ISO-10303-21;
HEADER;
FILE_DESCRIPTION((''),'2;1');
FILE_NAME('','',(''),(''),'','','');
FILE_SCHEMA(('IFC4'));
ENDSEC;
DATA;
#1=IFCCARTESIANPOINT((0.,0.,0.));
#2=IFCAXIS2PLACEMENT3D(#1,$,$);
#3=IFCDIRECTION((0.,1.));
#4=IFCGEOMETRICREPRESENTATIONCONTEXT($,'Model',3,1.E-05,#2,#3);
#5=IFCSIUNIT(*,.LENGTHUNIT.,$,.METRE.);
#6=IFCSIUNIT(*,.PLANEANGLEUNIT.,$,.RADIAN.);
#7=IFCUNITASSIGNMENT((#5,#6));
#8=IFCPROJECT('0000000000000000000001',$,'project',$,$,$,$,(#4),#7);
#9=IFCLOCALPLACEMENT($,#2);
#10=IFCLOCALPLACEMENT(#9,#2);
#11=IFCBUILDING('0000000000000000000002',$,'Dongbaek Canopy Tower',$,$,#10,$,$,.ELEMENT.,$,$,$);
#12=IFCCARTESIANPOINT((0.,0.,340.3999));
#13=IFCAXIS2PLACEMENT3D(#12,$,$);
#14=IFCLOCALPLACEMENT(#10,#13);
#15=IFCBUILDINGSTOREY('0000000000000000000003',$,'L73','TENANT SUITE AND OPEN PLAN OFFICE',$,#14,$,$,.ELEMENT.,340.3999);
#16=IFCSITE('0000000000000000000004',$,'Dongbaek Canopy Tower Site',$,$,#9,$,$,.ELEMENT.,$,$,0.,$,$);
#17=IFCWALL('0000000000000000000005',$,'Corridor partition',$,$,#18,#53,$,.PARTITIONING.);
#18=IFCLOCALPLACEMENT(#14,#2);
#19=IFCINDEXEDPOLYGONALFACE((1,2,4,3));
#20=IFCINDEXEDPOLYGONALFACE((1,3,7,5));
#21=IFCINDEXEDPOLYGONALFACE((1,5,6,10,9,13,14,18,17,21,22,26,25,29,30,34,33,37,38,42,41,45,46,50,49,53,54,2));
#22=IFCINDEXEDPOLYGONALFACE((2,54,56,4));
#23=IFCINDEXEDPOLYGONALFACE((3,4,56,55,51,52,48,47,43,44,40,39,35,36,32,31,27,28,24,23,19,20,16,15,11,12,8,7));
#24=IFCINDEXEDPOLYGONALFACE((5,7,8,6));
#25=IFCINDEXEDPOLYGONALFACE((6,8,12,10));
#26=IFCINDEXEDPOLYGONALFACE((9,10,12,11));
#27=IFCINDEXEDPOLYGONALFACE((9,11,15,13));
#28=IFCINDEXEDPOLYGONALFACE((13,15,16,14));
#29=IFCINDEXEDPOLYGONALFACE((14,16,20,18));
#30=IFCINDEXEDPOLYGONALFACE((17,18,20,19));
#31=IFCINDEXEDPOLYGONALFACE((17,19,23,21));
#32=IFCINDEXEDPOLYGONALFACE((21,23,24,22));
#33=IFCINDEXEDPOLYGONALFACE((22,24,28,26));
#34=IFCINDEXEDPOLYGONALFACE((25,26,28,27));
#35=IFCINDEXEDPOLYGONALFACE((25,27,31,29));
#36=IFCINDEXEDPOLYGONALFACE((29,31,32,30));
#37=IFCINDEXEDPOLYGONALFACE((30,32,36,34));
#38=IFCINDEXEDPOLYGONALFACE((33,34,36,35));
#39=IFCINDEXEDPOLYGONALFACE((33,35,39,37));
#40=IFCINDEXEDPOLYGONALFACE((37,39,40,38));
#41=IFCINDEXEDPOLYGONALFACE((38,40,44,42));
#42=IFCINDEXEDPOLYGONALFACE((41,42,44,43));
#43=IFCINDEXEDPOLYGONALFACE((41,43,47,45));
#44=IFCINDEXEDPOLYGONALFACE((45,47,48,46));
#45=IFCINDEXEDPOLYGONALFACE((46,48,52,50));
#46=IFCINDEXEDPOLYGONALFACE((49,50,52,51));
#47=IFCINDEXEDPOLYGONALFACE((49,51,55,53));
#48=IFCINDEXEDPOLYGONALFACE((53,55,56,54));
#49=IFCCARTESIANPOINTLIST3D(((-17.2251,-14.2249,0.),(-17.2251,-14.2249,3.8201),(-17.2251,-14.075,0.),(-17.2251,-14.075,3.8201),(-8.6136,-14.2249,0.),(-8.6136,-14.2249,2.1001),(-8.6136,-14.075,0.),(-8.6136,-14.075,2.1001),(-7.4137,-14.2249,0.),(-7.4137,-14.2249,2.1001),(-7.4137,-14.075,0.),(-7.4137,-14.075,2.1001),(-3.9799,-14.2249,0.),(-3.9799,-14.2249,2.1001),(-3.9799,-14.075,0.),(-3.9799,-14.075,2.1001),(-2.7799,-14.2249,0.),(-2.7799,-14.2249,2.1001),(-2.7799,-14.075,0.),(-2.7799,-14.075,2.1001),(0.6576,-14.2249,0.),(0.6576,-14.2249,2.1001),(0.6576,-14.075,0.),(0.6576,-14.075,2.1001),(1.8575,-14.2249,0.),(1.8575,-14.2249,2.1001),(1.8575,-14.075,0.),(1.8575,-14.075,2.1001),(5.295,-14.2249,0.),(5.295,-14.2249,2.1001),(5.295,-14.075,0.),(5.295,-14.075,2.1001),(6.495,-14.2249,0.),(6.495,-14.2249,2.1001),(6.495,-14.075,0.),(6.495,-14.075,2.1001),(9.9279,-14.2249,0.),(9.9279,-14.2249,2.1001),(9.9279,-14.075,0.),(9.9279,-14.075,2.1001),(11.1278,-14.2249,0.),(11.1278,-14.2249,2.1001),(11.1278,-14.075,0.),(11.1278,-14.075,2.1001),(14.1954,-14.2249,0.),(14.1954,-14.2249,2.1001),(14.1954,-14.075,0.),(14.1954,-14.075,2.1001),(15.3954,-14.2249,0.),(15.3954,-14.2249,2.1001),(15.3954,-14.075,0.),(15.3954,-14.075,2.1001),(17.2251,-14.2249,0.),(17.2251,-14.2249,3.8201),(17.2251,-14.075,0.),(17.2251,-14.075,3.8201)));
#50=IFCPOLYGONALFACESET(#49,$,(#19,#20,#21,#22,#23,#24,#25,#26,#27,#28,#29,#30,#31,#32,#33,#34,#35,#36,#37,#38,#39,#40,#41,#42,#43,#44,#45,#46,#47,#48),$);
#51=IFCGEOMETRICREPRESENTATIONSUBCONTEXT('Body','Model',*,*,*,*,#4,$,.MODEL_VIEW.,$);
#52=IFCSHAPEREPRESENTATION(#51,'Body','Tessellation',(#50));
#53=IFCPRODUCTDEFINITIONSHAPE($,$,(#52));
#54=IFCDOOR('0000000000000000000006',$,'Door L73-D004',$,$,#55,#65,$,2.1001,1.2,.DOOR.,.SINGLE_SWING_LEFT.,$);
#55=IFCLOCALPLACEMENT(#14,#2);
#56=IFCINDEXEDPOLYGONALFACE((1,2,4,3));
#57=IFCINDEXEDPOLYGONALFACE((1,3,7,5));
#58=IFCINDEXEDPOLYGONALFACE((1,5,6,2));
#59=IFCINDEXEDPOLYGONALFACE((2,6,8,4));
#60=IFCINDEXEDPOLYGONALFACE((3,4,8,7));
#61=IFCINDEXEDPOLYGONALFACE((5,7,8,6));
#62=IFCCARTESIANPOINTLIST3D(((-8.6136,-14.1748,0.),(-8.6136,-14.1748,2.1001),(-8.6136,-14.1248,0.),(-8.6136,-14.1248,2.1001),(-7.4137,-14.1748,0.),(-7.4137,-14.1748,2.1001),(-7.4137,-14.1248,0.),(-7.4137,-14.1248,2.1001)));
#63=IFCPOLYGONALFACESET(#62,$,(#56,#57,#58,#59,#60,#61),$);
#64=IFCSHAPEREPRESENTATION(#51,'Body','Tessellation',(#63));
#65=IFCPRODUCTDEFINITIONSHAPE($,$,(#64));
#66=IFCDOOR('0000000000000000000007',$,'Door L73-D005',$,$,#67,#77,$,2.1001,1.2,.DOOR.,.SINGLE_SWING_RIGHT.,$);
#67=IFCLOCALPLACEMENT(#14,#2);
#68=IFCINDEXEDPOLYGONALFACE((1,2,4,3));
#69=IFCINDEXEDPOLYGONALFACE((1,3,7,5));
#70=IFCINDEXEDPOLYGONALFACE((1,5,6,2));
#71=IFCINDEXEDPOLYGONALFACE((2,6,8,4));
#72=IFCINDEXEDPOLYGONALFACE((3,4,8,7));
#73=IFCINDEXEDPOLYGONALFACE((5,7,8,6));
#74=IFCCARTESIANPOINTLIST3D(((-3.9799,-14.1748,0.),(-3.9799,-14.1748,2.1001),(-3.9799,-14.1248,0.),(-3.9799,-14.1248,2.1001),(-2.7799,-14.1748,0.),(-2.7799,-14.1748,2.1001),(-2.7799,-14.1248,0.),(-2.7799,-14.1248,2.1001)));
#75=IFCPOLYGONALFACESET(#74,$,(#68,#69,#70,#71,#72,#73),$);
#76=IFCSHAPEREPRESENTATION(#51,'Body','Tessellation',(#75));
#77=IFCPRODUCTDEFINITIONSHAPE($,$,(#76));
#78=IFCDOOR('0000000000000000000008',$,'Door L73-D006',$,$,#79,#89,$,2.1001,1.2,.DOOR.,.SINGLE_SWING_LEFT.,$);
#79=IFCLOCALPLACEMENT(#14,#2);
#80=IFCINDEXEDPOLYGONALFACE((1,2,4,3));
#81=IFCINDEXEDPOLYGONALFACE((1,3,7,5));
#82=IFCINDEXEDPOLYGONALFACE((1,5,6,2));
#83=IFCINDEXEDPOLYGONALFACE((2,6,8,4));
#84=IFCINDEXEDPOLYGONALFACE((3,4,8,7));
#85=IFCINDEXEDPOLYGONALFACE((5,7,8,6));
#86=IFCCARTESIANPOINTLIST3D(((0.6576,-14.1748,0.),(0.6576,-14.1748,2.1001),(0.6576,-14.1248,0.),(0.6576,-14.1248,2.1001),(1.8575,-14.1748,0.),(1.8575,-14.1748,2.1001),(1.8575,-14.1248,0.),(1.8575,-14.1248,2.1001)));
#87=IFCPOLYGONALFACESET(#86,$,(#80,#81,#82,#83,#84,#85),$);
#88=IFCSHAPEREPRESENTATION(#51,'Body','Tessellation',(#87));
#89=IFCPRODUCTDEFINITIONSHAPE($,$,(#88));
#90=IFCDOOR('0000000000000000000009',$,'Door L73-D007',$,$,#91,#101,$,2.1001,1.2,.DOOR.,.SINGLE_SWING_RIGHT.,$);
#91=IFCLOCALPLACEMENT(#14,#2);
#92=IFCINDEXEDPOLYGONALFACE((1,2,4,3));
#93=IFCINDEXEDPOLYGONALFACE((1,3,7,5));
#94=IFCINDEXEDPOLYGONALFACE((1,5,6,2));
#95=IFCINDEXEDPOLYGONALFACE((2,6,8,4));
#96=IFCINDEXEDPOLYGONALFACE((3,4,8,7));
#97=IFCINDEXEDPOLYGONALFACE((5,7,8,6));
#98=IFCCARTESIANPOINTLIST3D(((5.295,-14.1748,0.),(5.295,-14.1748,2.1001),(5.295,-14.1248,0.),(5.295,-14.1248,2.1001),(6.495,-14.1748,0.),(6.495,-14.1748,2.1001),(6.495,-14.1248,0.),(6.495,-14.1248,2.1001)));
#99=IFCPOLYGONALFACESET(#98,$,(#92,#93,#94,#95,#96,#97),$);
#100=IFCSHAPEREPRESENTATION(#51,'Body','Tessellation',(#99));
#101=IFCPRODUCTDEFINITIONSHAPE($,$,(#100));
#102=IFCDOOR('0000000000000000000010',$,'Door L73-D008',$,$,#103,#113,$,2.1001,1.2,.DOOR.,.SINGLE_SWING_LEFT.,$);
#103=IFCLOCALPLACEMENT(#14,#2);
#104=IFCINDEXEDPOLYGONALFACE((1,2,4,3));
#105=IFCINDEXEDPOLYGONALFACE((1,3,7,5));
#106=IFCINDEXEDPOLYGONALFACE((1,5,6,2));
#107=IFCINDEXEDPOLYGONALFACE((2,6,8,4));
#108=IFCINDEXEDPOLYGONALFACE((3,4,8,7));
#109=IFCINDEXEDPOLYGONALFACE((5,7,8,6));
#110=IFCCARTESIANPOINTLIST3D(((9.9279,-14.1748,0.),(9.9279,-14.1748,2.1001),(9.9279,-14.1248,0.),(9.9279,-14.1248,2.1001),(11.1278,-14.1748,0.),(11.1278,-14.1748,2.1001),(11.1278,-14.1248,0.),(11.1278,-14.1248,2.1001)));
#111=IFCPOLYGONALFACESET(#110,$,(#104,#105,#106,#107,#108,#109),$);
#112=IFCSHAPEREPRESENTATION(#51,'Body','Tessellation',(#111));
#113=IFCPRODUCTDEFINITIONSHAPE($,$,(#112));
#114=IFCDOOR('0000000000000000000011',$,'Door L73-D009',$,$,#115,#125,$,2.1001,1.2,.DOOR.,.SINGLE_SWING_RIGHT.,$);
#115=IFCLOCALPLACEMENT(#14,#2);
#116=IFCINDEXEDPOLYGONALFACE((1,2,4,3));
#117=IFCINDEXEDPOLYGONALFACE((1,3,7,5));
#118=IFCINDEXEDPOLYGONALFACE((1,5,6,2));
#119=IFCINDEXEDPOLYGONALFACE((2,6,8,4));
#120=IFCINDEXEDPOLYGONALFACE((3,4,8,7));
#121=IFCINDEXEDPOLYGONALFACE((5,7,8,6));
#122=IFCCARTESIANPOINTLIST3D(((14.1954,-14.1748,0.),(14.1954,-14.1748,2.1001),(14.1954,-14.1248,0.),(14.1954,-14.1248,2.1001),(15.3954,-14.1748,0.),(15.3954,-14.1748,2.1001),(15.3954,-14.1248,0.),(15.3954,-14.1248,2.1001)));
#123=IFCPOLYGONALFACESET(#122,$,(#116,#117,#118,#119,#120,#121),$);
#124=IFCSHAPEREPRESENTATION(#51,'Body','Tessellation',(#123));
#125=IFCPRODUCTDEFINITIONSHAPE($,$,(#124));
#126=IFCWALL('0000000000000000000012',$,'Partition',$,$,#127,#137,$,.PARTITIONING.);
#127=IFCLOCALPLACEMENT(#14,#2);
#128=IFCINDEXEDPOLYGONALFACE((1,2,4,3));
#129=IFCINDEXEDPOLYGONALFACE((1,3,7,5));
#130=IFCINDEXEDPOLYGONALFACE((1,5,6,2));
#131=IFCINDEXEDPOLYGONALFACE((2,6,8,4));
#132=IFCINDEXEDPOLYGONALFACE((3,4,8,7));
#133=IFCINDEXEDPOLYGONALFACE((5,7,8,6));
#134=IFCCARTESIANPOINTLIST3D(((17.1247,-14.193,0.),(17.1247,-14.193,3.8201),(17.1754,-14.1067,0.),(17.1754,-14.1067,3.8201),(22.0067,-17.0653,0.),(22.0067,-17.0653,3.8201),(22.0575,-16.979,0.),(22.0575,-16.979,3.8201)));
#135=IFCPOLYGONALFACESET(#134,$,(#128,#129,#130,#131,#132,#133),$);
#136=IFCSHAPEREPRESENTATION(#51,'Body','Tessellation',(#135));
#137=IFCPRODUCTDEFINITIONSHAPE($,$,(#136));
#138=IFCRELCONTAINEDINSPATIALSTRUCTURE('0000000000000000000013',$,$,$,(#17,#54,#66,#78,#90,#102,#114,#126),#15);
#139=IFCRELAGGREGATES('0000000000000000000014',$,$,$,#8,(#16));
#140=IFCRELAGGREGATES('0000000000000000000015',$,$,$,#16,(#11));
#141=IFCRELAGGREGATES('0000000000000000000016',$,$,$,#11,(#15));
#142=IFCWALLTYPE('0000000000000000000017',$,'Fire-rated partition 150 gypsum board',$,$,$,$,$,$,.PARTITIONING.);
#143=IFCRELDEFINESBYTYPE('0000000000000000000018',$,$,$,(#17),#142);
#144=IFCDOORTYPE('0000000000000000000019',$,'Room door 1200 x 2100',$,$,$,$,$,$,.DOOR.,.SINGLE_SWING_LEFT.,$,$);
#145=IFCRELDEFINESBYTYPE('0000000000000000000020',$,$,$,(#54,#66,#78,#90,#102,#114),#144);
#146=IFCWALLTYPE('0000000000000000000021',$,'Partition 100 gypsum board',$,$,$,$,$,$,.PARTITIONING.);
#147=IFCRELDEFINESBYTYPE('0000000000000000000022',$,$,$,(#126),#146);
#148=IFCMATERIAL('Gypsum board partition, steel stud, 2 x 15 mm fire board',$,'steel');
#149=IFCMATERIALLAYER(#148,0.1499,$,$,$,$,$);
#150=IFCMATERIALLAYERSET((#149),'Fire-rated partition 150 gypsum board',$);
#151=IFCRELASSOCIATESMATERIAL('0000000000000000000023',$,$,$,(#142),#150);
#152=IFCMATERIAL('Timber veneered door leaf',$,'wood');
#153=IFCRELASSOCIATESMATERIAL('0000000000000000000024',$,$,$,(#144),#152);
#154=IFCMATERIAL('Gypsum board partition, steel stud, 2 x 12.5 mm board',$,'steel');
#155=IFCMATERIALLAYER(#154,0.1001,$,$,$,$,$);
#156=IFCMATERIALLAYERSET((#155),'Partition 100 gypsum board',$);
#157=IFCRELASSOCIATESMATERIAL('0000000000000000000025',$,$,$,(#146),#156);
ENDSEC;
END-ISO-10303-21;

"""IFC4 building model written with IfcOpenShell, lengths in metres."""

from ifc_helpers import new_model, si_unit, direction, frame, frame_2d, origin, place, context, subcontext, project, spatial, rectangle, extrude, material, layer, layer_set, type_object, element, fill, save


model = new_model("IFC4")

# Units and contexts
model_context = context("Model", 3, precision=1e-05, world=origin(), true_north=direction((0.0, 1.0)))
body_context = subcontext(model_context, "Body", "Model", "MODEL_VIEW")
ifc_project = project(units=[si_unit("LENGTHUNIT", "METRE"), si_unit("PLANEANGLEUNIT", "RADIAN")], contexts=[model_context])

# Site, building, storey
site_placement = place(None, origin())
site = spatial("IfcSite", under=ifc_project, at=site_placement, Name="Dongbaek Canopy Tower Site", CompositionType="ELEMENT", RefElevation=0.0)
building_placement = place(site_placement, origin())
building = spatial("IfcBuilding", under=site, at=building_placement, Name="Dongbaek Canopy Tower", CompositionType="ELEMENT")
storey_placement = place(building_placement, frame((0.0, 0.0, 340.3999)))
storey = spatial("IfcBuildingStorey", under=building, at=storey_placement, Name="L73", Description="TENANT SUITE AND OPEN PLAN OFFICE", CompositionType="ELEMENT", Elevation=340.3999)

# Wall, openings, doors
ifc_material_1 = material(Name="Gypsum board partition, steel stud, 2 x 15 mm fire board", Category="steel")
ifc_layer_1 = layer(ifc_material_1, 0.1499)
ifc_layer_set_1 = layer_set([ifc_layer_1], Name="Fire-rated partition 150 gypsum board")
wall_type_1 = type_object("IfcWallType", Name="Fire-rated partition 150 gypsum board", PredefinedType="PARTITIONING", material=ifc_layer_set_1)
wall_1_placement = place(storey_placement, frame((17.2251, -14.1499, 0.0), z_axis=(0.0, 0.0, 1.0), x_axis=(-1.0, 0.0, 0.0)))
wall_1 = element("IfcWall", 1, at=wall_1_placement, inside=storey, type_object=wall_type_1, Name="Corridor partition", PredefinedType="PARTITIONING", context=body_context, shape_type="SweptSolid", body=[
    extrude(rectangle(XDim=34.4502, YDim=0.1499, at=frame_2d((17.2251, 0.0))), origin(), (0.0, 0.0, 1.0), 3.8201),
])
opening_1_placement = place(wall_1_placement, frame((24.6387, 0.0, 0.0)))
opening_1 = element("IfcOpeningElement", 2, at=opening_1_placement, cuts=wall_1, PredefinedType="OPENING", context=body_context, shape_type="SweptSolid", body=[
    extrude(rectangle(XDim=1.2, YDim=2.1001, at=frame_2d((0.6001, 1.05))), frame((0.0, 0.085, 0.0), z_axis=(0.0, -1.0, 0.0), x_axis=(1.0, 0.0, 0.0)), (0.0, 0.0, 1.0), 0.1699),
])
opening_2_placement = place(wall_1_placement, frame((20.0049, 0.0, 0.0)))
opening_2 = element("IfcOpeningElement", 3, at=opening_2_placement, cuts=wall_1, PredefinedType="OPENING", context=body_context, shape_type="SweptSolid", body=[
    extrude(rectangle(XDim=1.2, YDim=2.1001, at=frame_2d((0.6001, 1.05))), frame((0.0, 0.085, 0.0), z_axis=(0.0, -1.0, 0.0), x_axis=(1.0, 0.0, 0.0)), (0.0, 0.0, 1.0), 0.1699),
])
opening_3_placement = place(wall_1_placement, frame((15.3674, 0.0, 0.0)))
opening_3 = element("IfcOpeningElement", 4, at=opening_3_placement, cuts=wall_1, PredefinedType="OPENING", context=body_context, shape_type="SweptSolid", body=[
    extrude(rectangle(XDim=1.2, YDim=2.1001, at=frame_2d((0.6001, 1.05))), frame((0.0, 0.085, 0.0), z_axis=(0.0, -1.0, 0.0), x_axis=(1.0, 0.0, 0.0)), (0.0, 0.0, 1.0), 0.1699),
])
opening_4_placement = place(wall_1_placement, frame((10.73, 0.0, 0.0)))
opening_4 = element("IfcOpeningElement", 5, at=opening_4_placement, cuts=wall_1, PredefinedType="OPENING", context=body_context, shape_type="SweptSolid", body=[
    extrude(rectangle(XDim=1.2, YDim=2.1001, at=frame_2d((0.6001, 1.05))), frame((0.0, 0.085, 0.0), z_axis=(0.0, -1.0, 0.0), x_axis=(1.0, 0.0, 0.0)), (0.0, 0.0, 1.0), 0.1699),
])
opening_5_placement = place(wall_1_placement, frame((6.0972, 0.0, 0.0)))
opening_5 = element("IfcOpeningElement", 6, at=opening_5_placement, cuts=wall_1, PredefinedType="OPENING", context=body_context, shape_type="SweptSolid", body=[
    extrude(rectangle(XDim=1.2, YDim=2.1001, at=frame_2d((0.6001, 1.05))), frame((0.0, 0.085, 0.0), z_axis=(0.0, -1.0, 0.0), x_axis=(1.0, 0.0, 0.0)), (0.0, 0.0, 1.0), 0.1699),
])
opening_6_placement = place(wall_1_placement, frame((1.8296, 0.0, 0.0)))
opening_6 = element("IfcOpeningElement", 7, at=opening_6_placement, cuts=wall_1, PredefinedType="OPENING", context=body_context, shape_type="SweptSolid", body=[
    extrude(rectangle(XDim=1.2, YDim=2.1001, at=frame_2d((0.6001, 1.05))), frame((0.0, 0.085, 0.0), z_axis=(0.0, -1.0, 0.0), x_axis=(1.0, 0.0, 0.0)), (0.0, 0.0, 1.0), 0.1699),
])
ifc_material_2 = material(Name="Timber veneered door leaf", Category="wood")
door_type = type_object("IfcDoorType", Name="Room door 1200 x 2100", OperationType="SINGLE_SWING_LEFT", PredefinedType="DOOR", material=ifc_material_2)
door_1_placement = place(opening_1_placement, origin())
door_1 = element("IfcDoor", 8, at=door_1_placement, inside=storey, type_object=door_type, Name="Door L73-D004", OperationType="SINGLE_SWING_LEFT", OverallHeight=2.1001, OverallWidth=1.2, PredefinedType="DOOR", context=body_context, shape_type="SweptSolid", body=[
    extrude(rectangle(XDim=1.2, YDim=2.1001, at=frame_2d((0.6001, 1.05))), frame((0.0, 0.0249, 0.0), z_axis=(0.0, -1.0, 0.0), x_axis=(1.0, 0.0, 0.0)), (0.0, 0.0, 1.0), 0.05),
])
fill(opening_1, door_1)
door_2_placement = place(opening_2_placement, origin())
door_2 = element("IfcDoor", 9, at=door_2_placement, inside=storey, type_object=door_type, Name="Door L73-D005", OperationType="SINGLE_SWING_RIGHT", OverallHeight=2.1001, OverallWidth=1.2, PredefinedType="DOOR", context=body_context, shape_type="SweptSolid", body=[
    extrude(rectangle(XDim=1.2, YDim=2.1001, at=frame_2d((0.6001, 1.05))), frame((0.0, 0.0249, 0.0), z_axis=(0.0, -1.0, 0.0), x_axis=(1.0, 0.0, 0.0)), (0.0, 0.0, 1.0), 0.05),
])
fill(opening_2, door_2)
door_3_placement = place(opening_3_placement, origin())
door_3 = element("IfcDoor", 10, at=door_3_placement, inside=storey, type_object=door_type, Name="Door L73-D006", OperationType="SINGLE_SWING_LEFT", OverallHeight=2.1001, OverallWidth=1.2, PredefinedType="DOOR", context=body_context, shape_type="SweptSolid", body=[
    extrude(rectangle(XDim=1.2, YDim=2.1001, at=frame_2d((0.6001, 1.05))), frame((0.0, 0.0249, 0.0), z_axis=(0.0, -1.0, 0.0), x_axis=(1.0, 0.0, 0.0)), (0.0, 0.0, 1.0), 0.05),
])
fill(opening_3, door_3)
door_4_placement = place(opening_4_placement, origin())
door_4 = element("IfcDoor", 11, at=door_4_placement, inside=storey, type_object=door_type, Name="Door L73-D007", OperationType="SINGLE_SWING_RIGHT", OverallHeight=2.1001, OverallWidth=1.2, PredefinedType="DOOR", context=body_context, shape_type="SweptSolid", body=[
    extrude(rectangle(XDim=1.2, YDim=2.1001, at=frame_2d((0.6001, 1.05))), frame((0.0, 0.0249, 0.0), z_axis=(0.0, -1.0, 0.0), x_axis=(1.0, 0.0, 0.0)), (0.0, 0.0, 1.0), 0.05),
])
fill(opening_4, door_4)
door_5_placement = place(opening_5_placement, origin())
door_5 = element("IfcDoor", 12, at=door_5_placement, inside=storey, type_object=door_type, Name="Door L73-D008", OperationType="SINGLE_SWING_LEFT", OverallHeight=2.1001, OverallWidth=1.2, PredefinedType="DOOR", context=body_context, shape_type="SweptSolid", body=[
    extrude(rectangle(XDim=1.2, YDim=2.1001, at=frame_2d((0.6001, 1.05))), frame((0.0, 0.0249, 0.0), z_axis=(0.0, -1.0, 0.0), x_axis=(1.0, 0.0, 0.0)), (0.0, 0.0, 1.0), 0.05),
])
fill(opening_5, door_5)
door_6_placement = place(opening_6_placement, origin())
door_6 = element("IfcDoor", 13, at=door_6_placement, inside=storey, type_object=door_type, Name="Door L73-D009", OperationType="SINGLE_SWING_RIGHT", OverallHeight=2.1001, OverallWidth=1.2, PredefinedType="DOOR", context=body_context, shape_type="SweptSolid", body=[
    extrude(rectangle(XDim=1.2, YDim=2.1001, at=frame_2d((0.6001, 1.05))), frame((0.0, 0.0249, 0.0), z_axis=(0.0, -1.0, 0.0), x_axis=(1.0, 0.0, 0.0)), (0.0, 0.0, 1.0), 0.05),
])
fill(opening_6, door_6)

# Wall
ifc_material_3 = material(Name="Gypsum board partition, steel stud, 2 x 12.5 mm board", Category="steel")
ifc_layer_2 = layer(ifc_material_3, 0.1001)
ifc_layer_set_2 = layer_set([ifc_layer_2], Name="Partition 100 gypsum board")
wall_type_2 = type_object("IfcWallType", Name="Partition 100 gypsum board", PredefinedType="PARTITIONING", material=ifc_layer_set_2)
wall_2_placement = place(storey_placement, frame((17.1501, -14.1499, 0.0), z_axis=(0.0, 0.0, 1.0), x_axis=(0.861895, -0.507086, 0.0)))
element("IfcWall", 14, at=wall_2_placement, inside=storey, type_object=wall_type_2, Name="Partition", PredefinedType="PARTITIONING", context=body_context, shape_type="SweptSolid", body=[
    extrude(rectangle(XDim=5.6643, YDim=0.1001, at=frame_2d((2.832, 0.0))), origin(), (0.0, 0.0, 1.0), 3.8201),
])

save(model, "model.ifc")
